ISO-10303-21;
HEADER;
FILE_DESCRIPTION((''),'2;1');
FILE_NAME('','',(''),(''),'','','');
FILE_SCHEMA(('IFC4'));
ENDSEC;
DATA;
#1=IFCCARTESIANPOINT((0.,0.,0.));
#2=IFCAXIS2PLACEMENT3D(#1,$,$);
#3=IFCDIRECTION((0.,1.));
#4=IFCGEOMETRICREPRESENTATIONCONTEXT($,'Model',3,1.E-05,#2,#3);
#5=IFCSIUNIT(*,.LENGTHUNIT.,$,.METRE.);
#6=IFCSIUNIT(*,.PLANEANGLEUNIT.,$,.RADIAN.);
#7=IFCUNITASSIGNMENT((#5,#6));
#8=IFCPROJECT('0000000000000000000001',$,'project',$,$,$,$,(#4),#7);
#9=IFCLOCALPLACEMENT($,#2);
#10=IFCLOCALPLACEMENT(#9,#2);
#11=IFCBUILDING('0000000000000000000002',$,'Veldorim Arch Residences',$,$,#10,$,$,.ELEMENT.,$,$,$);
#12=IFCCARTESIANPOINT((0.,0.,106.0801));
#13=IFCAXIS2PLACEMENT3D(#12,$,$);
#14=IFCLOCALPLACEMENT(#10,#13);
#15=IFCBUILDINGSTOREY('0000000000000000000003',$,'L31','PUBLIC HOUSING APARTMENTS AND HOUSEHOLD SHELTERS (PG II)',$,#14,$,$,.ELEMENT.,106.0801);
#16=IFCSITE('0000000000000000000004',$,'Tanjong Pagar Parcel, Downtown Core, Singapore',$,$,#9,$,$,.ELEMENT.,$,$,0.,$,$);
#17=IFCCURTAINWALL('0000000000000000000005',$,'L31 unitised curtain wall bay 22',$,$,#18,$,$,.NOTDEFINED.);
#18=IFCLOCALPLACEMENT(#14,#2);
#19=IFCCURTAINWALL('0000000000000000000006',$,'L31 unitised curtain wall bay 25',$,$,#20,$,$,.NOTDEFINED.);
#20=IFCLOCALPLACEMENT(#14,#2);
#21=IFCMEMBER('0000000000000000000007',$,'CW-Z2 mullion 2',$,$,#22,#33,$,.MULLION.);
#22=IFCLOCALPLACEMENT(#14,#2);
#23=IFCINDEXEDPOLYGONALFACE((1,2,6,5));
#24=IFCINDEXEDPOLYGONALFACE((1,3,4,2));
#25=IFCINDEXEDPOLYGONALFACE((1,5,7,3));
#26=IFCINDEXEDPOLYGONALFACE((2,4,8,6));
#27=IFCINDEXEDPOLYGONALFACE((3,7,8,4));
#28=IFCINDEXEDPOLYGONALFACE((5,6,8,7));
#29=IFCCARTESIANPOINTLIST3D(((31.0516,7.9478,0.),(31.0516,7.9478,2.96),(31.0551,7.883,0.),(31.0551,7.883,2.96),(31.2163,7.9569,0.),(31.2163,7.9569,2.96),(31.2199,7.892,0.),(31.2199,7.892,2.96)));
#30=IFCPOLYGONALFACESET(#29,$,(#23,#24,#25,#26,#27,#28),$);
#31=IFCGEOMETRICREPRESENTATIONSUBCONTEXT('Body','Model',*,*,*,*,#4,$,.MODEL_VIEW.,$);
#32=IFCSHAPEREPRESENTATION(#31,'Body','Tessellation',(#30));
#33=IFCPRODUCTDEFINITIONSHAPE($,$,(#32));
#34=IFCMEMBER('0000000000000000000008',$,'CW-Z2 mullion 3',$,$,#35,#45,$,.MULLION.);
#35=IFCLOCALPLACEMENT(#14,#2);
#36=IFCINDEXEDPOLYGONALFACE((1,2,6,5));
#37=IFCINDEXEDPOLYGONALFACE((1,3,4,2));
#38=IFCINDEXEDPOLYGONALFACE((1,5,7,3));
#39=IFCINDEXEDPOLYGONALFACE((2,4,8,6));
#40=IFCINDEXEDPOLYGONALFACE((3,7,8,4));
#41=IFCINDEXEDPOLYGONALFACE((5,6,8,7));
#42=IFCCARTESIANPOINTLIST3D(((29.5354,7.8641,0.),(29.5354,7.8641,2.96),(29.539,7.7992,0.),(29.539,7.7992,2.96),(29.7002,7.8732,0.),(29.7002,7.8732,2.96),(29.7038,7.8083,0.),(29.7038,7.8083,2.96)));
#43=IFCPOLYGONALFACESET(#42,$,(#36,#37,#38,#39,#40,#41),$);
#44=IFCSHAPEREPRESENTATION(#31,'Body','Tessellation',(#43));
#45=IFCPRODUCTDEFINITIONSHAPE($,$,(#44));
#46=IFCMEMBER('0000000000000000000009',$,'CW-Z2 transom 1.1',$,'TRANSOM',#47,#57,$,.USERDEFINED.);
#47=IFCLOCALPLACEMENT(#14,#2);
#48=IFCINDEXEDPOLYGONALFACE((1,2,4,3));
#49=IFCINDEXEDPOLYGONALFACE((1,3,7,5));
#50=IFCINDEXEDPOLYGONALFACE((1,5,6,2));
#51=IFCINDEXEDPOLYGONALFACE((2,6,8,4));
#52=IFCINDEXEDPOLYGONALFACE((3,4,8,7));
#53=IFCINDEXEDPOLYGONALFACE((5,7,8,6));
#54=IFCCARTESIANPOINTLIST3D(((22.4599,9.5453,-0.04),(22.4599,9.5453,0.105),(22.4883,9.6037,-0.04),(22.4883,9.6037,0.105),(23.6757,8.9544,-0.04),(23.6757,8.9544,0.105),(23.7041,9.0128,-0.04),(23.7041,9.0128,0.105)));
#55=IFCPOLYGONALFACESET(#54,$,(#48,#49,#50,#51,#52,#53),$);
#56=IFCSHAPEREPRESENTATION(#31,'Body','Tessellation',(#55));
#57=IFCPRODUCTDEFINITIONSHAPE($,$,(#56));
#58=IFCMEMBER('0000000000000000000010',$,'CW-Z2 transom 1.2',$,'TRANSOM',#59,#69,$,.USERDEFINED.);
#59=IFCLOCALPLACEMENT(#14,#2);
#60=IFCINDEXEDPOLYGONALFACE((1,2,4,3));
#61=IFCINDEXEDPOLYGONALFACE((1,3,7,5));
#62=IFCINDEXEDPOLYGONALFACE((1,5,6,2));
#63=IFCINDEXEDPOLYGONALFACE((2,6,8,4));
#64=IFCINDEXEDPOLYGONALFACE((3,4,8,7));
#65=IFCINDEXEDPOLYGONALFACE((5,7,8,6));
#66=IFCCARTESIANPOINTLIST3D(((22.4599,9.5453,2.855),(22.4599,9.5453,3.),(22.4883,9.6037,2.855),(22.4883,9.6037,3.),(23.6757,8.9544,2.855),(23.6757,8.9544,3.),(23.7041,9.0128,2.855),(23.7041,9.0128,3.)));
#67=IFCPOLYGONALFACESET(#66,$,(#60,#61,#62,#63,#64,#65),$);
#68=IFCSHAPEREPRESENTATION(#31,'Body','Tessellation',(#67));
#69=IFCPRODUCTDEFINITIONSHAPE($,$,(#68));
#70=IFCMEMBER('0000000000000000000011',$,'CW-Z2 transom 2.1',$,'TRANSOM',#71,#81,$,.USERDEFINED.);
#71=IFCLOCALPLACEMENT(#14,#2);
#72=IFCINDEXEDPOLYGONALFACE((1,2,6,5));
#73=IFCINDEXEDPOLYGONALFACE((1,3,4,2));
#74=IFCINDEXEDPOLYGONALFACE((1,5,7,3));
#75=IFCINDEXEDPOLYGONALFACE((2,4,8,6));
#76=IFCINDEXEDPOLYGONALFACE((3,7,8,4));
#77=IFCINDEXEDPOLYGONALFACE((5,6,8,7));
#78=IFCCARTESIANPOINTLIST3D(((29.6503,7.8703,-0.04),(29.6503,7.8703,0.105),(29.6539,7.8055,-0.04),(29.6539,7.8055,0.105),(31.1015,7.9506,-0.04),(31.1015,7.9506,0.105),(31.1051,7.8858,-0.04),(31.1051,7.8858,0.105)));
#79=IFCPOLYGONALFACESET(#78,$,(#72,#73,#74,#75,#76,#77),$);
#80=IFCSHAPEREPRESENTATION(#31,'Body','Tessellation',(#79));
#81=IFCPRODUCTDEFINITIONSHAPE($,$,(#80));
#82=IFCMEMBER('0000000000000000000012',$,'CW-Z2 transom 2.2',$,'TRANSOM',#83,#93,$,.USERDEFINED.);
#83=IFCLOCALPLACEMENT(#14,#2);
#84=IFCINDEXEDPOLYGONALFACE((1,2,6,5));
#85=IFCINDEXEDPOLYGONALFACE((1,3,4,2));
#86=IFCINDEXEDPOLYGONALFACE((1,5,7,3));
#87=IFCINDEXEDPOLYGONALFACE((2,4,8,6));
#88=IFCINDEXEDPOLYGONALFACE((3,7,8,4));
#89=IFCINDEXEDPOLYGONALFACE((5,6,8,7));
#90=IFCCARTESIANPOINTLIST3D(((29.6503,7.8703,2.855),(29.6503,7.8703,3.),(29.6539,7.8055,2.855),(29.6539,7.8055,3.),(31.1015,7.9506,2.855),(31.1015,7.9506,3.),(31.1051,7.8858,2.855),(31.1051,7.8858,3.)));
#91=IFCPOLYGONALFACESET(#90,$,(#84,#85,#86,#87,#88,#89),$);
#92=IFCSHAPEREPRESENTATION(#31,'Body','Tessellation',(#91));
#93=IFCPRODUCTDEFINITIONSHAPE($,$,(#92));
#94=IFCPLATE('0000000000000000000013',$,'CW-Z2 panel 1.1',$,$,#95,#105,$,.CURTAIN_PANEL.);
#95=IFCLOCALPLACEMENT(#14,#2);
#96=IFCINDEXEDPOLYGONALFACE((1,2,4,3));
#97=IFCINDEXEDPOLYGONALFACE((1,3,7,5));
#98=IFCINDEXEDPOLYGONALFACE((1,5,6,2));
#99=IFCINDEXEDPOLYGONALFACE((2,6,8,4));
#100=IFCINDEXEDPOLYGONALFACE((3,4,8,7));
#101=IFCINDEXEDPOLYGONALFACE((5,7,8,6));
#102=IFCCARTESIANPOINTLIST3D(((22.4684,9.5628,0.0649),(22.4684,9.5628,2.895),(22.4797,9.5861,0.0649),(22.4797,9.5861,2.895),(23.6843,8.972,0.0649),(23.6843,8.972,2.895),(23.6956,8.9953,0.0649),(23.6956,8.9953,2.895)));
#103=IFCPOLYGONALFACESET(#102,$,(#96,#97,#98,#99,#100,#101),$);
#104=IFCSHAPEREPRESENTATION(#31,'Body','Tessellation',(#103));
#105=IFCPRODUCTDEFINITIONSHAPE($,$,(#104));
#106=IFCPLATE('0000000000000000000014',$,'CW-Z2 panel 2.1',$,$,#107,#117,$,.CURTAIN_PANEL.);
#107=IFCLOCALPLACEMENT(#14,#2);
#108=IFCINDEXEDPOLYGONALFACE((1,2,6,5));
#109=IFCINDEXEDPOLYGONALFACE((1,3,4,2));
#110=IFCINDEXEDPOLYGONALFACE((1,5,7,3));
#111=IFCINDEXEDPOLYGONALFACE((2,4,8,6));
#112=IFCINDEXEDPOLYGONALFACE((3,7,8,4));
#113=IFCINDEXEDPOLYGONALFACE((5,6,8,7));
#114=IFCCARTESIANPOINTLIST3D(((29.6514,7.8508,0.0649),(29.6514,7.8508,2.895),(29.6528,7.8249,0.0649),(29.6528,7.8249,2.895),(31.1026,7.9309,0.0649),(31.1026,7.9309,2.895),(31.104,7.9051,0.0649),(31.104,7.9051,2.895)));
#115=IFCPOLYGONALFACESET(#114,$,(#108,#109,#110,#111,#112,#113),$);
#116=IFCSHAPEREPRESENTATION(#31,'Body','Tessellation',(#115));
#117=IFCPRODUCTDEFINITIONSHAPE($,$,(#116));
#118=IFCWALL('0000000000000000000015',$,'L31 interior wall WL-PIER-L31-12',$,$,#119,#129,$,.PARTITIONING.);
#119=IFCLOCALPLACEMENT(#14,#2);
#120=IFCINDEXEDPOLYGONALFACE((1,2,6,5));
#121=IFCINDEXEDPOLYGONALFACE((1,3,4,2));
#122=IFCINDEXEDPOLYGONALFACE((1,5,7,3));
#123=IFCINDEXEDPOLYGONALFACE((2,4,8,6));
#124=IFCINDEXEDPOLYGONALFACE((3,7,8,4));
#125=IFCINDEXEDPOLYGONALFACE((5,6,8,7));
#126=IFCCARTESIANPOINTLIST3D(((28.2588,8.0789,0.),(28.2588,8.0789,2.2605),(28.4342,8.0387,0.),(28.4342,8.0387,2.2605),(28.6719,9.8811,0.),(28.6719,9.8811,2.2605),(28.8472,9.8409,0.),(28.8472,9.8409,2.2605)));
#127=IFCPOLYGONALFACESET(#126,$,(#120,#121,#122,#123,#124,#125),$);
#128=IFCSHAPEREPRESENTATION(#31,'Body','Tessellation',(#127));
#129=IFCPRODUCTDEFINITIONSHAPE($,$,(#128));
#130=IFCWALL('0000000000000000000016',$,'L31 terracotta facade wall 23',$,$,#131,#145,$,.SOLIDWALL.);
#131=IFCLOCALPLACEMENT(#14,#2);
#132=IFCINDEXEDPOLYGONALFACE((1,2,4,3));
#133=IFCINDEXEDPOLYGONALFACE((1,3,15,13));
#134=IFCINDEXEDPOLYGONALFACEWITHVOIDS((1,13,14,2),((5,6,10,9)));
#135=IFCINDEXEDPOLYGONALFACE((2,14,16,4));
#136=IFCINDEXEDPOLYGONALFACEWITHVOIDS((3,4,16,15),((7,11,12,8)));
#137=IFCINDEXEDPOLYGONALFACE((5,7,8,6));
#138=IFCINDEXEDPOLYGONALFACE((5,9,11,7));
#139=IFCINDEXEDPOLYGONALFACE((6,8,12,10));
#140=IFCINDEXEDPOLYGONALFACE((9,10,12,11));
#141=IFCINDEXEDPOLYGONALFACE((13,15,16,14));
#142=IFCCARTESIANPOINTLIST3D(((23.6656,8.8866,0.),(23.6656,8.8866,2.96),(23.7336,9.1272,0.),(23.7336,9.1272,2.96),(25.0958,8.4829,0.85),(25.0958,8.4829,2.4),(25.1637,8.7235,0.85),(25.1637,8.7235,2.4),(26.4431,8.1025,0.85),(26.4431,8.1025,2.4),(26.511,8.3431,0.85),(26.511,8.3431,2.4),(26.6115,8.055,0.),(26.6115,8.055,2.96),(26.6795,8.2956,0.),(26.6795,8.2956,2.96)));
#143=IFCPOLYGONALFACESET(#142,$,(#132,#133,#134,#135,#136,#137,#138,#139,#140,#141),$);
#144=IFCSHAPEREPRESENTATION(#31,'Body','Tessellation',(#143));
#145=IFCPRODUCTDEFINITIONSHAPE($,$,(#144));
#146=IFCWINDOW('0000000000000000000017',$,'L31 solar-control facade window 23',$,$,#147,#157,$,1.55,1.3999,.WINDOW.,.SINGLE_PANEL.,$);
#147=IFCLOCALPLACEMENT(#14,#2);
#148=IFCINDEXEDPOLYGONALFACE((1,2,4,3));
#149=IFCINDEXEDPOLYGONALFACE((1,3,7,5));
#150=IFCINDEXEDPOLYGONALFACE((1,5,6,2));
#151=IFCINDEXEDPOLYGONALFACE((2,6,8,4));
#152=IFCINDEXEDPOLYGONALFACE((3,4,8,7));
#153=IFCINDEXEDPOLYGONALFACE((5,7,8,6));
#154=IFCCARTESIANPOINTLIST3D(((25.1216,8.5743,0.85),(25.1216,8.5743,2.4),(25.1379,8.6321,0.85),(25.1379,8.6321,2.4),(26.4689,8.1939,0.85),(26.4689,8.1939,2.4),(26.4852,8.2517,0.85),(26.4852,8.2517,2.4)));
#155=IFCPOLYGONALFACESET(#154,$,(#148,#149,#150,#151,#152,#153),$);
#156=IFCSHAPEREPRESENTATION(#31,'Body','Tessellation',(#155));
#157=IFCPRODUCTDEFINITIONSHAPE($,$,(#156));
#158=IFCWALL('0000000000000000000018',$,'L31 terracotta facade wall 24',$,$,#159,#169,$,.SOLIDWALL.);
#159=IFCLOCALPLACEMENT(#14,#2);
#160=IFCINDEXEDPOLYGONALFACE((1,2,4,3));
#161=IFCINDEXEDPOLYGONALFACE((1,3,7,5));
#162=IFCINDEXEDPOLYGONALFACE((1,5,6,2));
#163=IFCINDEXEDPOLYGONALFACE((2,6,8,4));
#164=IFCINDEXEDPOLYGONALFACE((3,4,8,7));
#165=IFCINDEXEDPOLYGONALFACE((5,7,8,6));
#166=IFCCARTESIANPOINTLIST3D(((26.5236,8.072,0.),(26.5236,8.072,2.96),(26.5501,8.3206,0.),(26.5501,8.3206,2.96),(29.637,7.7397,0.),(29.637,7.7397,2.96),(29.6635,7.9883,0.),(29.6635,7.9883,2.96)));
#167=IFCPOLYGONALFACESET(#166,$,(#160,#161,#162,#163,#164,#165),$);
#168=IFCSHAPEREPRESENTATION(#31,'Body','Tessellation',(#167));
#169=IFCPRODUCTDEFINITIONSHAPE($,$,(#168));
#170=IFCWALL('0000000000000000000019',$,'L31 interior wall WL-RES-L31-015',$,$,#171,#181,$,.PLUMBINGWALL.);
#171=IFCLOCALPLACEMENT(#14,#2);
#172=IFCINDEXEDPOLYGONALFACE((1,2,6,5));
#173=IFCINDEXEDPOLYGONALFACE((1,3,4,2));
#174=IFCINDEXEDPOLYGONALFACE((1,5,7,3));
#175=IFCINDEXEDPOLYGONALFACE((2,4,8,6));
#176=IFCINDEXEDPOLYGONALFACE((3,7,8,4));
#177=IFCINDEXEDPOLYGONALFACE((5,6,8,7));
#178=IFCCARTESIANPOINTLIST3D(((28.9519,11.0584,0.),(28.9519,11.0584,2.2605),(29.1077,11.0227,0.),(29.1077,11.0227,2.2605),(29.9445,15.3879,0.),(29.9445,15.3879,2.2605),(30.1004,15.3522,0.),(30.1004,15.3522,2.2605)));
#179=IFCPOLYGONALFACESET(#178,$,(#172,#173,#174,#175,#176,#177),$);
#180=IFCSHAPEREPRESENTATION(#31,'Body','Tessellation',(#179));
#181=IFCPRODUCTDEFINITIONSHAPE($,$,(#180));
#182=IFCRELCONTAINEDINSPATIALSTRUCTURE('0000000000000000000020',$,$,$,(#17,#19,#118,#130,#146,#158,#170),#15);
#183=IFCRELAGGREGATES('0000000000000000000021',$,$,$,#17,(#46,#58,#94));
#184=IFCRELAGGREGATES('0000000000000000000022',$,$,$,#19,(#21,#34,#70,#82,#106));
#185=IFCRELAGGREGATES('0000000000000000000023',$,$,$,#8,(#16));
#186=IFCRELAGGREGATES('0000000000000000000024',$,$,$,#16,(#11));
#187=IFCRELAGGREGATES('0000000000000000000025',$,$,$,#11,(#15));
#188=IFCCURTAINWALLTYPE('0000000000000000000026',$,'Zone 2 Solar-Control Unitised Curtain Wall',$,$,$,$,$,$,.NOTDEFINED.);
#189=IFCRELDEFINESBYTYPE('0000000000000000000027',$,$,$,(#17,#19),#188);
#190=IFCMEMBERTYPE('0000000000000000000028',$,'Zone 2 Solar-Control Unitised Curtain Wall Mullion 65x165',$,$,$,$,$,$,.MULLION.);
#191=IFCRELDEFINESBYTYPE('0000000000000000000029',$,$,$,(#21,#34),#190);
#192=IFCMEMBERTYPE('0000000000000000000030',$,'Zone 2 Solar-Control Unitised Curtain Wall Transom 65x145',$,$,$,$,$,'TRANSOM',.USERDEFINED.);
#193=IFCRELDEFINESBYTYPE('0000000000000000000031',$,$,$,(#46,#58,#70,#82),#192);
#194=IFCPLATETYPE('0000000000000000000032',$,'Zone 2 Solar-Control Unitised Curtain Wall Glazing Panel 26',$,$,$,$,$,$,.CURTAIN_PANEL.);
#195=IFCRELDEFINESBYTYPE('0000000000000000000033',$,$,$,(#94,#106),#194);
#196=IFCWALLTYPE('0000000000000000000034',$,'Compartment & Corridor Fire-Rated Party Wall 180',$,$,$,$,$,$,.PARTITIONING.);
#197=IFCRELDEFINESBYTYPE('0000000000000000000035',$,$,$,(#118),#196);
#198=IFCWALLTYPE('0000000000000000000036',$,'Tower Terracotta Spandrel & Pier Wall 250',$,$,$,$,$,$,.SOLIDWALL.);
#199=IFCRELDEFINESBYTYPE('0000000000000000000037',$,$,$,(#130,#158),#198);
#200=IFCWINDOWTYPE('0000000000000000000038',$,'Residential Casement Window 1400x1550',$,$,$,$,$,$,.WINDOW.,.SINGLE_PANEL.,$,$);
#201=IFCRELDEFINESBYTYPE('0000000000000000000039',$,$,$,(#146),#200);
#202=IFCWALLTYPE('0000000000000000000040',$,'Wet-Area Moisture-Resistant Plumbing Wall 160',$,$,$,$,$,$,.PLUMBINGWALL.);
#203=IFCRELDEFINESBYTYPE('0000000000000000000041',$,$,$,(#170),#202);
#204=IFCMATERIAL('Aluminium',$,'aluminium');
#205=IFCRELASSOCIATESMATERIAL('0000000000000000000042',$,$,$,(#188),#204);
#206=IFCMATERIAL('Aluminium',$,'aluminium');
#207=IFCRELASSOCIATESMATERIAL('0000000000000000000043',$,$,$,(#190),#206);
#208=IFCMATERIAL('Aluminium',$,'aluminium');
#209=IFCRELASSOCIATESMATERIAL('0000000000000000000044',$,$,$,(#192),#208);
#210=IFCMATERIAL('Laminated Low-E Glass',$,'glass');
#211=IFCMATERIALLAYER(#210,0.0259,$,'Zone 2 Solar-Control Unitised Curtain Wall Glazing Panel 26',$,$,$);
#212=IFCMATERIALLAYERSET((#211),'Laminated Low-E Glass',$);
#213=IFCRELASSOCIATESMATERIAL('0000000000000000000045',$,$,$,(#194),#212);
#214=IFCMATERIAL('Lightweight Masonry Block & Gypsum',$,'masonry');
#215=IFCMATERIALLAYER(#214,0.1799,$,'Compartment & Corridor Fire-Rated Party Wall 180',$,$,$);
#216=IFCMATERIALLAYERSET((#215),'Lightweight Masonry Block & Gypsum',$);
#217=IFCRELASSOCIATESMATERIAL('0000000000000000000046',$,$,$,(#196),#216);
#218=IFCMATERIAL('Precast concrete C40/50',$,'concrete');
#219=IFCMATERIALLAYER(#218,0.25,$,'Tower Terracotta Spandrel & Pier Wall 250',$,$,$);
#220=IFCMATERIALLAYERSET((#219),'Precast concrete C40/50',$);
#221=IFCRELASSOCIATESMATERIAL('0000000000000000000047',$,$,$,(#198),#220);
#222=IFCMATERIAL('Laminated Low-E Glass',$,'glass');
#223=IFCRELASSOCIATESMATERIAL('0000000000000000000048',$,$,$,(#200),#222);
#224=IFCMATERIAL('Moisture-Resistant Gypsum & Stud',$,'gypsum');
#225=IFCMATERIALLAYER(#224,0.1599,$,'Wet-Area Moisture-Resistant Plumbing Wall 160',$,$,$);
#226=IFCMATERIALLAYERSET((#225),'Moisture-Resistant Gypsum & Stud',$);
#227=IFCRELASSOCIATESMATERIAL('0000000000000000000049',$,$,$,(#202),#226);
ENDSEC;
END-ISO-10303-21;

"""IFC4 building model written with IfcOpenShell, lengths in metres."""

from ifc_helpers import new_model, si_unit, direction, frame, frame_2d, origin, origin_2d, place, context, subcontext, project, spatial, rectangle, extrude, material, layer, layer_set, material_profile, profile_set, type_object, element, fill, aggregate, save


model = new_model("IFC4")

# Units and contexts
model_context = context("Model", 3, precision=1e-05, world=origin(), true_north=direction((0.0, 1.0)))
body_context = subcontext(model_context, "Body", "Model", "MODEL_VIEW")
ifc_project = project(units=[si_unit("LENGTHUNIT", "METRE"), si_unit("PLANEANGLEUNIT", "RADIAN")], contexts=[model_context])

# Site, building, storey
site_placement = place(None, origin())
site = spatial("IfcSite", under=ifc_project, at=site_placement, Name="Tanjong Pagar Parcel, Downtown Core, Singapore", CompositionType="ELEMENT", RefElevation=0.0)
building_placement = place(site_placement, origin())
building = spatial("IfcBuilding", under=site, at=building_placement, Name="Veldorim Arch Residences", CompositionType="ELEMENT")
storey_placement = place(building_placement, frame((0.0, 0.0, 106.0801)))
storey = spatial("IfcBuildingStorey", under=building, at=storey_placement, Name="L31", Description="PUBLIC HOUSING APARTMENTS AND HOUSEHOLD SHELTERS (PG II)", CompositionType="ELEMENT", Elevation=106.0801)

# Curtain wall
ifc_material_1 = material(Name="Aluminium", Category="aluminium")
curtain_wall_type = type_object("IfcCurtainWallType", Name="Zone 2 Solar-Control Unitised Curtain Wall", PredefinedType="NOTDEFINED", material=ifc_material_1)
curtain_wall_1_placement = place(storey_placement, origin())
curtain_wall_1 = element("IfcCurtainWall", 1, at=curtain_wall_1_placement, inside=storey, type_object=curtain_wall_type, Name="L31 unitised curtain wall bay 22", PredefinedType="NOTDEFINED")
ifc_material_2 = material(Name="Aluminium", Category="aluminium")
ifc_material_profile_1 = material_profile(ifc_material_2, rectangle(XDim=0.0649, YDim=0.165, at=origin_2d()), Name="ALU_MUL_65x165")
ifc_profile_set_1 = profile_set([ifc_material_profile_1], Name="Aluminium")
member_type_1 = type_object("IfcMemberType", Name="Zone 2 Solar-Control Unitised Curtain Wall Mullion 65x165", PredefinedType="MULLION", material=ifc_profile_set_1)

# Curtain wall, members
curtain_wall_2_placement = place(storey_placement, origin())
curtain_wall_2 = element("IfcCurtainWall", 2, at=curtain_wall_2_placement, inside=storey, type_object=curtain_wall_type, Name="L31 unitised curtain wall bay 25", PredefinedType="NOTDEFINED")
member_1_placement = place(storey_placement, frame((31.1357, 7.9199, 0.0), z_axis=(0.0, 0.0, 1.0), x_axis=(0.055127, -0.998479, 0.0)))
member_1 = element("IfcMember", 3, at=member_1_placement, type_object=member_type_1, Name="CW-Z2 mullion 2", PredefinedType="MULLION", context=body_context, shape_type="SweptSolid", body=[
    extrude(rectangle(XDim=0.0649, YDim=0.165, at=origin_2d()), origin(), (0.0, 0.0, 1.0), 2.96),
])
member_2_placement = place(storey_placement, frame((29.6196, 7.8362, 0.0), z_axis=(0.0, 0.0, 1.0), x_axis=(0.055127, -0.998479, 0.0)))
member_2 = element("IfcMember", 4, at=member_2_placement, type_object=member_type_1, Name="CW-Z2 mullion 3", PredefinedType="MULLION", context=body_context, shape_type="SweptSolid", body=[
    extrude(rectangle(XDim=0.0649, YDim=0.165, at=origin_2d()), origin(), (0.0, 0.0, 1.0), 2.96),
])

# Members
ifc_material_3 = material(Name="Aluminium", Category="aluminium")
ifc_material_profile_2 = material_profile(ifc_material_3, rectangle(XDim=0.0649, YDim=0.145, at=origin_2d()), Name="ALU_TRN_65x145")
ifc_profile_set_2 = profile_set([ifc_material_profile_2], Name="Aluminium")
member_type_2 = type_object("IfcMemberType", Name="Zone 2 Solar-Control Unitised Curtain Wall Transom 65x145", ElementType="TRANSOM", PredefinedType="USERDEFINED", material=ifc_profile_set_2)
member_3_placement = place(storey_placement, frame((23.6899, 8.9836, 0.0325), z_axis=(-0.899427, 0.437071, 0.0), x_axis=(-0.437071, -0.899427, 0.0)))
member_3 = element("IfcMember", 5, at=member_3_placement, type_object=member_type_2, Name="CW-Z2 transom 1.1", ObjectType="TRANSOM", PredefinedType="USERDEFINED", context=body_context, shape_type="SweptSolid", body=[
    extrude(rectangle(XDim=0.0649, YDim=0.145, at=origin_2d()), origin(), (0.0, 0.0, 1.0), 1.3518),
])
member_4_placement = place(storey_placement, frame((23.6899, 8.9836, 2.9275), z_axis=(-0.899427, 0.437071, 0.0), x_axis=(-0.437071, -0.899427, 0.0)))
member_4 = element("IfcMember", 6, at=member_4_placement, type_object=member_type_2, Name="CW-Z2 transom 1.2", ObjectType="TRANSOM", PredefinedType="USERDEFINED", context=body_context, shape_type="SweptSolid", body=[
    extrude(rectangle(XDim=0.0649, YDim=0.145, at=origin_2d()), origin(), (0.0, 0.0, 1.0), 1.3518),
])
member_5_placement = place(storey_placement, frame((31.1033, 7.9182, 0.0325), z_axis=(-0.998472, -0.055265, 0.0), x_axis=(0.055265, -0.998472, 0.0)))
member_5 = element("IfcMember", 7, at=member_5_placement, type_object=member_type_2, Name="CW-Z2 transom 2.1", ObjectType="TRANSOM", PredefinedType="USERDEFINED", context=body_context, shape_type="SweptSolid", body=[
    extrude(rectangle(XDim=0.0649, YDim=0.145, at=origin_2d()), origin(), (0.0, 0.0, 1.0), 1.4534),
])
member_6_placement = place(storey_placement, frame((31.1033, 7.9182, 2.9275), z_axis=(-0.998472, -0.055265, 0.0), x_axis=(0.055265, -0.998472, 0.0)))
member_6 = element("IfcMember", 8, at=member_6_placement, type_object=member_type_2, Name="CW-Z2 transom 2.2", ObjectType="TRANSOM", PredefinedType="USERDEFINED", context=body_context, shape_type="SweptSolid", body=[
    extrude(rectangle(XDim=0.0649, YDim=0.145, at=origin_2d()), origin(), (0.0, 0.0, 1.0), 1.4534),
])

# Plates
ifc_material_4 = material(Name="Laminated Low-E Glass", Category="glass")
ifc_layer_1 = layer(ifc_material_4, 0.0259, Name="Zone 2 Solar-Control Unitised Curtain Wall Glazing Panel 26")
ifc_layer_set_1 = layer_set([ifc_layer_1], Name="Laminated Low-E Glass")
plate_type = type_object("IfcPlateType", Name="Zone 2 Solar-Control Unitised Curtain Wall Glazing Panel 26", PredefinedType="CURTAIN_PANEL", material=ifc_layer_set_1)
plate_1_placement = place(storey_placement, frame((23.082, 9.2791, 0.0649), z_axis=(0.0, 0.0, 1.0), x_axis=(-0.899462, 0.437, 0.0)))
plate_1 = element("IfcPlate", 9, at=plate_1_placement, type_object=plate_type, Name="CW-Z2 panel 1.1", PredefinedType="CURTAIN_PANEL", context=body_context, shape_type="SweptSolid", body=[
    extrude(rectangle(XDim=1.3518, YDim=0.0259, at=origin_2d()), origin(), (0.0, 0.0, 1.0), 2.8301),
])
aggregate(curtain_wall_1, [member_3, member_4, plate_1])
plate_2_placement = place(storey_placement, frame((30.3777, 7.8779, 0.0649), z_axis=(0.0, 0.0, 1.0), x_axis=(-0.998479, -0.055127, 0.0)))
plate_2 = element("IfcPlate", 10, at=plate_2_placement, type_object=plate_type, Name="CW-Z2 panel 2.1", PredefinedType="CURTAIN_PANEL", context=body_context, shape_type="SweptSolid", body=[
    extrude(rectangle(XDim=1.4534, YDim=0.0259, at=origin_2d()), origin(), (0.0, 0.0, 1.0), 2.8301),
])
aggregate(curtain_wall_2, [member_1, member_2, member_5, member_6, plate_2])

# Wall
ifc_material_5 = material(Name="Lightweight Masonry Block & Gypsum", Category="masonry")
ifc_layer_2 = layer(ifc_material_5, 0.1799, Name="Compartment & Corridor Fire-Rated Party Wall 180")
ifc_layer_set_2 = layer_set([ifc_layer_2], Name="Lightweight Masonry Block & Gypsum")
wall_type_1 = type_object("IfcWallType", Name="Compartment & Corridor Fire-Rated Party Wall 180", PredefinedType="PARTITIONING", material=ifc_layer_set_2)
wall_1_placement = place(storey_placement, frame((28.7595, 9.8608, 0.0), z_axis=(0.0, 0.0, 1.0), x_axis=(-0.223413, -0.974724, 0.0)))
element("IfcWall", 11, at=wall_1_placement, inside=storey, type_object=wall_type_1, Name="L31 interior wall WL-PIER-L31-12", PredefinedType="PARTITIONING", context=body_context, shape_type="SweptSolid", body=[
    extrude(rectangle(XDim=1.8489, YDim=0.1799, at=frame_2d((0.9243, 0.0))), origin(), (0.0, 0.0, 1.0), 2.2605),
])

# Wall, opening, window
ifc_material_6 = material(Name="Precast concrete C40/50", Category="concrete")
ifc_layer_3 = layer(ifc_material_6, 0.25, Name="Tower Terracotta Spandrel & Pier Wall 250")
ifc_layer_set_3 = layer_set([ifc_layer_3], Name="Precast concrete C40/50")
wall_type_2 = type_object("IfcWallType", Name="Tower Terracotta Spandrel & Pier Wall 250", PredefinedType="SOLIDWALL", material=ifc_layer_set_3)
wall_2_placement = place(storey_placement, frame((26.6455, 8.1753, 0.0), z_axis=(0.0, 0.0, 1.0), x_axis=(-0.962392, 0.271665, 0.0)))
wall_2 = element("IfcWall", 12, at=wall_2_placement, inside=storey, type_object=wall_type_2, Name="L31 terracotta facade wall 23", PredefinedType="SOLIDWALL", context=body_context, shape_type="SweptSolid", body=[
    extrude(rectangle(XDim=3.061, YDim=0.25, at=frame_2d((1.5305, 0.0))), origin(), (0.0, 0.0, 1.0), 2.96),
])
opening_placement = place(wall_2_placement, frame((0.175, 0.0, 0.8501)))
opening = element("IfcOpeningElement", 13, at=opening_placement, cuts=wall_2, PredefinedType="OPENING", context=body_context, shape_type="SweptSolid", body=[
    extrude(rectangle(XDim=1.3999, YDim=1.55, at=frame_2d((0.7, 0.7749))), frame((0.0, 0.135, 0.0), z_axis=(0.0, -1.0, 0.0), x_axis=(1.0, 0.0, 0.0)), (0.0, 0.0, 1.0), 0.27),
])
ifc_material_7 = material(Name="Laminated Low-E Glass", Category="glass")
window_type = type_object("IfcWindowType", Name="Residential Casement Window 1400x1550", PartitioningType="SINGLE_PANEL", PredefinedType="WINDOW", material=ifc_material_7)
window_placement = place(opening_placement, origin())
window = element("IfcWindow", 14, at=window_placement, inside=storey, type_object=window_type, Name="L31 solar-control facade window 23", OverallHeight=1.55, OverallWidth=1.3999, PartitioningType="SINGLE_PANEL", PredefinedType="WINDOW", context=body_context, shape_type="SweptSolid", body=[
    extrude(rectangle(XDim=1.3999, YDim=1.55, at=frame_2d((0.7, 0.7749))), frame((0.0, 0.03, 0.0), z_axis=(0.0, -1.0, 0.0), x_axis=(1.0, 0.0, 0.0)), (0.0, 0.0, 1.0), 0.0601),
])
fill(opening, window)

# Walls
wall_3_placement = place(storey_placement, frame((29.6501, 7.864, 0.0), z_axis=(0.0, 0.0, 1.0), x_axis=(-0.994354, 0.106117, 0.0)))
element("IfcWall", 15, at=wall_3_placement, inside=storey, type_object=wall_type_2, Name="L31 terracotta facade wall 24", PredefinedType="SOLIDWALL", context=body_context, shape_type="SweptSolid", body=[
    extrude(rectangle(XDim=3.1311, YDim=0.25, at=frame_2d((1.5654, 0.0))), origin(), (0.0, 0.0, 1.0), 2.96),
])
ifc_material_8 = material(Name="Moisture-Resistant Gypsum & Stud", Category="gypsum")
ifc_layer_4 = layer(ifc_material_8, 0.1599, Name="Wet-Area Moisture-Resistant Plumbing Wall 160")
ifc_layer_set_4 = layer_set([ifc_layer_4], Name="Moisture-Resistant Gypsum & Stud")
wall_type_3 = type_object("IfcWallType", Name="Wet-Area Moisture-Resistant Plumbing Wall 160", PredefinedType="PLUMBINGWALL", material=ifc_layer_set_4)
wall_4_placement = place(storey_placement, frame((29.0298, 11.0405, 0.0), z_axis=(0.0, 0.0, 1.0), x_axis=(0.223478, 0.974709, 0.0)))
element("IfcWall", 16, at=wall_4_placement, inside=storey, type_object=wall_type_3, Name="L31 interior wall WL-RES-L31-015", PredefinedType="PLUMBINGWALL", context=body_context, shape_type="SweptSolid", body=[
    extrude(rectangle(XDim=4.4419, YDim=0.1599, at=frame_2d((2.2209, 0.0))), origin(), (0.0, 0.0, 1.0), 2.2605),
])

save(model, "model.ifc")
